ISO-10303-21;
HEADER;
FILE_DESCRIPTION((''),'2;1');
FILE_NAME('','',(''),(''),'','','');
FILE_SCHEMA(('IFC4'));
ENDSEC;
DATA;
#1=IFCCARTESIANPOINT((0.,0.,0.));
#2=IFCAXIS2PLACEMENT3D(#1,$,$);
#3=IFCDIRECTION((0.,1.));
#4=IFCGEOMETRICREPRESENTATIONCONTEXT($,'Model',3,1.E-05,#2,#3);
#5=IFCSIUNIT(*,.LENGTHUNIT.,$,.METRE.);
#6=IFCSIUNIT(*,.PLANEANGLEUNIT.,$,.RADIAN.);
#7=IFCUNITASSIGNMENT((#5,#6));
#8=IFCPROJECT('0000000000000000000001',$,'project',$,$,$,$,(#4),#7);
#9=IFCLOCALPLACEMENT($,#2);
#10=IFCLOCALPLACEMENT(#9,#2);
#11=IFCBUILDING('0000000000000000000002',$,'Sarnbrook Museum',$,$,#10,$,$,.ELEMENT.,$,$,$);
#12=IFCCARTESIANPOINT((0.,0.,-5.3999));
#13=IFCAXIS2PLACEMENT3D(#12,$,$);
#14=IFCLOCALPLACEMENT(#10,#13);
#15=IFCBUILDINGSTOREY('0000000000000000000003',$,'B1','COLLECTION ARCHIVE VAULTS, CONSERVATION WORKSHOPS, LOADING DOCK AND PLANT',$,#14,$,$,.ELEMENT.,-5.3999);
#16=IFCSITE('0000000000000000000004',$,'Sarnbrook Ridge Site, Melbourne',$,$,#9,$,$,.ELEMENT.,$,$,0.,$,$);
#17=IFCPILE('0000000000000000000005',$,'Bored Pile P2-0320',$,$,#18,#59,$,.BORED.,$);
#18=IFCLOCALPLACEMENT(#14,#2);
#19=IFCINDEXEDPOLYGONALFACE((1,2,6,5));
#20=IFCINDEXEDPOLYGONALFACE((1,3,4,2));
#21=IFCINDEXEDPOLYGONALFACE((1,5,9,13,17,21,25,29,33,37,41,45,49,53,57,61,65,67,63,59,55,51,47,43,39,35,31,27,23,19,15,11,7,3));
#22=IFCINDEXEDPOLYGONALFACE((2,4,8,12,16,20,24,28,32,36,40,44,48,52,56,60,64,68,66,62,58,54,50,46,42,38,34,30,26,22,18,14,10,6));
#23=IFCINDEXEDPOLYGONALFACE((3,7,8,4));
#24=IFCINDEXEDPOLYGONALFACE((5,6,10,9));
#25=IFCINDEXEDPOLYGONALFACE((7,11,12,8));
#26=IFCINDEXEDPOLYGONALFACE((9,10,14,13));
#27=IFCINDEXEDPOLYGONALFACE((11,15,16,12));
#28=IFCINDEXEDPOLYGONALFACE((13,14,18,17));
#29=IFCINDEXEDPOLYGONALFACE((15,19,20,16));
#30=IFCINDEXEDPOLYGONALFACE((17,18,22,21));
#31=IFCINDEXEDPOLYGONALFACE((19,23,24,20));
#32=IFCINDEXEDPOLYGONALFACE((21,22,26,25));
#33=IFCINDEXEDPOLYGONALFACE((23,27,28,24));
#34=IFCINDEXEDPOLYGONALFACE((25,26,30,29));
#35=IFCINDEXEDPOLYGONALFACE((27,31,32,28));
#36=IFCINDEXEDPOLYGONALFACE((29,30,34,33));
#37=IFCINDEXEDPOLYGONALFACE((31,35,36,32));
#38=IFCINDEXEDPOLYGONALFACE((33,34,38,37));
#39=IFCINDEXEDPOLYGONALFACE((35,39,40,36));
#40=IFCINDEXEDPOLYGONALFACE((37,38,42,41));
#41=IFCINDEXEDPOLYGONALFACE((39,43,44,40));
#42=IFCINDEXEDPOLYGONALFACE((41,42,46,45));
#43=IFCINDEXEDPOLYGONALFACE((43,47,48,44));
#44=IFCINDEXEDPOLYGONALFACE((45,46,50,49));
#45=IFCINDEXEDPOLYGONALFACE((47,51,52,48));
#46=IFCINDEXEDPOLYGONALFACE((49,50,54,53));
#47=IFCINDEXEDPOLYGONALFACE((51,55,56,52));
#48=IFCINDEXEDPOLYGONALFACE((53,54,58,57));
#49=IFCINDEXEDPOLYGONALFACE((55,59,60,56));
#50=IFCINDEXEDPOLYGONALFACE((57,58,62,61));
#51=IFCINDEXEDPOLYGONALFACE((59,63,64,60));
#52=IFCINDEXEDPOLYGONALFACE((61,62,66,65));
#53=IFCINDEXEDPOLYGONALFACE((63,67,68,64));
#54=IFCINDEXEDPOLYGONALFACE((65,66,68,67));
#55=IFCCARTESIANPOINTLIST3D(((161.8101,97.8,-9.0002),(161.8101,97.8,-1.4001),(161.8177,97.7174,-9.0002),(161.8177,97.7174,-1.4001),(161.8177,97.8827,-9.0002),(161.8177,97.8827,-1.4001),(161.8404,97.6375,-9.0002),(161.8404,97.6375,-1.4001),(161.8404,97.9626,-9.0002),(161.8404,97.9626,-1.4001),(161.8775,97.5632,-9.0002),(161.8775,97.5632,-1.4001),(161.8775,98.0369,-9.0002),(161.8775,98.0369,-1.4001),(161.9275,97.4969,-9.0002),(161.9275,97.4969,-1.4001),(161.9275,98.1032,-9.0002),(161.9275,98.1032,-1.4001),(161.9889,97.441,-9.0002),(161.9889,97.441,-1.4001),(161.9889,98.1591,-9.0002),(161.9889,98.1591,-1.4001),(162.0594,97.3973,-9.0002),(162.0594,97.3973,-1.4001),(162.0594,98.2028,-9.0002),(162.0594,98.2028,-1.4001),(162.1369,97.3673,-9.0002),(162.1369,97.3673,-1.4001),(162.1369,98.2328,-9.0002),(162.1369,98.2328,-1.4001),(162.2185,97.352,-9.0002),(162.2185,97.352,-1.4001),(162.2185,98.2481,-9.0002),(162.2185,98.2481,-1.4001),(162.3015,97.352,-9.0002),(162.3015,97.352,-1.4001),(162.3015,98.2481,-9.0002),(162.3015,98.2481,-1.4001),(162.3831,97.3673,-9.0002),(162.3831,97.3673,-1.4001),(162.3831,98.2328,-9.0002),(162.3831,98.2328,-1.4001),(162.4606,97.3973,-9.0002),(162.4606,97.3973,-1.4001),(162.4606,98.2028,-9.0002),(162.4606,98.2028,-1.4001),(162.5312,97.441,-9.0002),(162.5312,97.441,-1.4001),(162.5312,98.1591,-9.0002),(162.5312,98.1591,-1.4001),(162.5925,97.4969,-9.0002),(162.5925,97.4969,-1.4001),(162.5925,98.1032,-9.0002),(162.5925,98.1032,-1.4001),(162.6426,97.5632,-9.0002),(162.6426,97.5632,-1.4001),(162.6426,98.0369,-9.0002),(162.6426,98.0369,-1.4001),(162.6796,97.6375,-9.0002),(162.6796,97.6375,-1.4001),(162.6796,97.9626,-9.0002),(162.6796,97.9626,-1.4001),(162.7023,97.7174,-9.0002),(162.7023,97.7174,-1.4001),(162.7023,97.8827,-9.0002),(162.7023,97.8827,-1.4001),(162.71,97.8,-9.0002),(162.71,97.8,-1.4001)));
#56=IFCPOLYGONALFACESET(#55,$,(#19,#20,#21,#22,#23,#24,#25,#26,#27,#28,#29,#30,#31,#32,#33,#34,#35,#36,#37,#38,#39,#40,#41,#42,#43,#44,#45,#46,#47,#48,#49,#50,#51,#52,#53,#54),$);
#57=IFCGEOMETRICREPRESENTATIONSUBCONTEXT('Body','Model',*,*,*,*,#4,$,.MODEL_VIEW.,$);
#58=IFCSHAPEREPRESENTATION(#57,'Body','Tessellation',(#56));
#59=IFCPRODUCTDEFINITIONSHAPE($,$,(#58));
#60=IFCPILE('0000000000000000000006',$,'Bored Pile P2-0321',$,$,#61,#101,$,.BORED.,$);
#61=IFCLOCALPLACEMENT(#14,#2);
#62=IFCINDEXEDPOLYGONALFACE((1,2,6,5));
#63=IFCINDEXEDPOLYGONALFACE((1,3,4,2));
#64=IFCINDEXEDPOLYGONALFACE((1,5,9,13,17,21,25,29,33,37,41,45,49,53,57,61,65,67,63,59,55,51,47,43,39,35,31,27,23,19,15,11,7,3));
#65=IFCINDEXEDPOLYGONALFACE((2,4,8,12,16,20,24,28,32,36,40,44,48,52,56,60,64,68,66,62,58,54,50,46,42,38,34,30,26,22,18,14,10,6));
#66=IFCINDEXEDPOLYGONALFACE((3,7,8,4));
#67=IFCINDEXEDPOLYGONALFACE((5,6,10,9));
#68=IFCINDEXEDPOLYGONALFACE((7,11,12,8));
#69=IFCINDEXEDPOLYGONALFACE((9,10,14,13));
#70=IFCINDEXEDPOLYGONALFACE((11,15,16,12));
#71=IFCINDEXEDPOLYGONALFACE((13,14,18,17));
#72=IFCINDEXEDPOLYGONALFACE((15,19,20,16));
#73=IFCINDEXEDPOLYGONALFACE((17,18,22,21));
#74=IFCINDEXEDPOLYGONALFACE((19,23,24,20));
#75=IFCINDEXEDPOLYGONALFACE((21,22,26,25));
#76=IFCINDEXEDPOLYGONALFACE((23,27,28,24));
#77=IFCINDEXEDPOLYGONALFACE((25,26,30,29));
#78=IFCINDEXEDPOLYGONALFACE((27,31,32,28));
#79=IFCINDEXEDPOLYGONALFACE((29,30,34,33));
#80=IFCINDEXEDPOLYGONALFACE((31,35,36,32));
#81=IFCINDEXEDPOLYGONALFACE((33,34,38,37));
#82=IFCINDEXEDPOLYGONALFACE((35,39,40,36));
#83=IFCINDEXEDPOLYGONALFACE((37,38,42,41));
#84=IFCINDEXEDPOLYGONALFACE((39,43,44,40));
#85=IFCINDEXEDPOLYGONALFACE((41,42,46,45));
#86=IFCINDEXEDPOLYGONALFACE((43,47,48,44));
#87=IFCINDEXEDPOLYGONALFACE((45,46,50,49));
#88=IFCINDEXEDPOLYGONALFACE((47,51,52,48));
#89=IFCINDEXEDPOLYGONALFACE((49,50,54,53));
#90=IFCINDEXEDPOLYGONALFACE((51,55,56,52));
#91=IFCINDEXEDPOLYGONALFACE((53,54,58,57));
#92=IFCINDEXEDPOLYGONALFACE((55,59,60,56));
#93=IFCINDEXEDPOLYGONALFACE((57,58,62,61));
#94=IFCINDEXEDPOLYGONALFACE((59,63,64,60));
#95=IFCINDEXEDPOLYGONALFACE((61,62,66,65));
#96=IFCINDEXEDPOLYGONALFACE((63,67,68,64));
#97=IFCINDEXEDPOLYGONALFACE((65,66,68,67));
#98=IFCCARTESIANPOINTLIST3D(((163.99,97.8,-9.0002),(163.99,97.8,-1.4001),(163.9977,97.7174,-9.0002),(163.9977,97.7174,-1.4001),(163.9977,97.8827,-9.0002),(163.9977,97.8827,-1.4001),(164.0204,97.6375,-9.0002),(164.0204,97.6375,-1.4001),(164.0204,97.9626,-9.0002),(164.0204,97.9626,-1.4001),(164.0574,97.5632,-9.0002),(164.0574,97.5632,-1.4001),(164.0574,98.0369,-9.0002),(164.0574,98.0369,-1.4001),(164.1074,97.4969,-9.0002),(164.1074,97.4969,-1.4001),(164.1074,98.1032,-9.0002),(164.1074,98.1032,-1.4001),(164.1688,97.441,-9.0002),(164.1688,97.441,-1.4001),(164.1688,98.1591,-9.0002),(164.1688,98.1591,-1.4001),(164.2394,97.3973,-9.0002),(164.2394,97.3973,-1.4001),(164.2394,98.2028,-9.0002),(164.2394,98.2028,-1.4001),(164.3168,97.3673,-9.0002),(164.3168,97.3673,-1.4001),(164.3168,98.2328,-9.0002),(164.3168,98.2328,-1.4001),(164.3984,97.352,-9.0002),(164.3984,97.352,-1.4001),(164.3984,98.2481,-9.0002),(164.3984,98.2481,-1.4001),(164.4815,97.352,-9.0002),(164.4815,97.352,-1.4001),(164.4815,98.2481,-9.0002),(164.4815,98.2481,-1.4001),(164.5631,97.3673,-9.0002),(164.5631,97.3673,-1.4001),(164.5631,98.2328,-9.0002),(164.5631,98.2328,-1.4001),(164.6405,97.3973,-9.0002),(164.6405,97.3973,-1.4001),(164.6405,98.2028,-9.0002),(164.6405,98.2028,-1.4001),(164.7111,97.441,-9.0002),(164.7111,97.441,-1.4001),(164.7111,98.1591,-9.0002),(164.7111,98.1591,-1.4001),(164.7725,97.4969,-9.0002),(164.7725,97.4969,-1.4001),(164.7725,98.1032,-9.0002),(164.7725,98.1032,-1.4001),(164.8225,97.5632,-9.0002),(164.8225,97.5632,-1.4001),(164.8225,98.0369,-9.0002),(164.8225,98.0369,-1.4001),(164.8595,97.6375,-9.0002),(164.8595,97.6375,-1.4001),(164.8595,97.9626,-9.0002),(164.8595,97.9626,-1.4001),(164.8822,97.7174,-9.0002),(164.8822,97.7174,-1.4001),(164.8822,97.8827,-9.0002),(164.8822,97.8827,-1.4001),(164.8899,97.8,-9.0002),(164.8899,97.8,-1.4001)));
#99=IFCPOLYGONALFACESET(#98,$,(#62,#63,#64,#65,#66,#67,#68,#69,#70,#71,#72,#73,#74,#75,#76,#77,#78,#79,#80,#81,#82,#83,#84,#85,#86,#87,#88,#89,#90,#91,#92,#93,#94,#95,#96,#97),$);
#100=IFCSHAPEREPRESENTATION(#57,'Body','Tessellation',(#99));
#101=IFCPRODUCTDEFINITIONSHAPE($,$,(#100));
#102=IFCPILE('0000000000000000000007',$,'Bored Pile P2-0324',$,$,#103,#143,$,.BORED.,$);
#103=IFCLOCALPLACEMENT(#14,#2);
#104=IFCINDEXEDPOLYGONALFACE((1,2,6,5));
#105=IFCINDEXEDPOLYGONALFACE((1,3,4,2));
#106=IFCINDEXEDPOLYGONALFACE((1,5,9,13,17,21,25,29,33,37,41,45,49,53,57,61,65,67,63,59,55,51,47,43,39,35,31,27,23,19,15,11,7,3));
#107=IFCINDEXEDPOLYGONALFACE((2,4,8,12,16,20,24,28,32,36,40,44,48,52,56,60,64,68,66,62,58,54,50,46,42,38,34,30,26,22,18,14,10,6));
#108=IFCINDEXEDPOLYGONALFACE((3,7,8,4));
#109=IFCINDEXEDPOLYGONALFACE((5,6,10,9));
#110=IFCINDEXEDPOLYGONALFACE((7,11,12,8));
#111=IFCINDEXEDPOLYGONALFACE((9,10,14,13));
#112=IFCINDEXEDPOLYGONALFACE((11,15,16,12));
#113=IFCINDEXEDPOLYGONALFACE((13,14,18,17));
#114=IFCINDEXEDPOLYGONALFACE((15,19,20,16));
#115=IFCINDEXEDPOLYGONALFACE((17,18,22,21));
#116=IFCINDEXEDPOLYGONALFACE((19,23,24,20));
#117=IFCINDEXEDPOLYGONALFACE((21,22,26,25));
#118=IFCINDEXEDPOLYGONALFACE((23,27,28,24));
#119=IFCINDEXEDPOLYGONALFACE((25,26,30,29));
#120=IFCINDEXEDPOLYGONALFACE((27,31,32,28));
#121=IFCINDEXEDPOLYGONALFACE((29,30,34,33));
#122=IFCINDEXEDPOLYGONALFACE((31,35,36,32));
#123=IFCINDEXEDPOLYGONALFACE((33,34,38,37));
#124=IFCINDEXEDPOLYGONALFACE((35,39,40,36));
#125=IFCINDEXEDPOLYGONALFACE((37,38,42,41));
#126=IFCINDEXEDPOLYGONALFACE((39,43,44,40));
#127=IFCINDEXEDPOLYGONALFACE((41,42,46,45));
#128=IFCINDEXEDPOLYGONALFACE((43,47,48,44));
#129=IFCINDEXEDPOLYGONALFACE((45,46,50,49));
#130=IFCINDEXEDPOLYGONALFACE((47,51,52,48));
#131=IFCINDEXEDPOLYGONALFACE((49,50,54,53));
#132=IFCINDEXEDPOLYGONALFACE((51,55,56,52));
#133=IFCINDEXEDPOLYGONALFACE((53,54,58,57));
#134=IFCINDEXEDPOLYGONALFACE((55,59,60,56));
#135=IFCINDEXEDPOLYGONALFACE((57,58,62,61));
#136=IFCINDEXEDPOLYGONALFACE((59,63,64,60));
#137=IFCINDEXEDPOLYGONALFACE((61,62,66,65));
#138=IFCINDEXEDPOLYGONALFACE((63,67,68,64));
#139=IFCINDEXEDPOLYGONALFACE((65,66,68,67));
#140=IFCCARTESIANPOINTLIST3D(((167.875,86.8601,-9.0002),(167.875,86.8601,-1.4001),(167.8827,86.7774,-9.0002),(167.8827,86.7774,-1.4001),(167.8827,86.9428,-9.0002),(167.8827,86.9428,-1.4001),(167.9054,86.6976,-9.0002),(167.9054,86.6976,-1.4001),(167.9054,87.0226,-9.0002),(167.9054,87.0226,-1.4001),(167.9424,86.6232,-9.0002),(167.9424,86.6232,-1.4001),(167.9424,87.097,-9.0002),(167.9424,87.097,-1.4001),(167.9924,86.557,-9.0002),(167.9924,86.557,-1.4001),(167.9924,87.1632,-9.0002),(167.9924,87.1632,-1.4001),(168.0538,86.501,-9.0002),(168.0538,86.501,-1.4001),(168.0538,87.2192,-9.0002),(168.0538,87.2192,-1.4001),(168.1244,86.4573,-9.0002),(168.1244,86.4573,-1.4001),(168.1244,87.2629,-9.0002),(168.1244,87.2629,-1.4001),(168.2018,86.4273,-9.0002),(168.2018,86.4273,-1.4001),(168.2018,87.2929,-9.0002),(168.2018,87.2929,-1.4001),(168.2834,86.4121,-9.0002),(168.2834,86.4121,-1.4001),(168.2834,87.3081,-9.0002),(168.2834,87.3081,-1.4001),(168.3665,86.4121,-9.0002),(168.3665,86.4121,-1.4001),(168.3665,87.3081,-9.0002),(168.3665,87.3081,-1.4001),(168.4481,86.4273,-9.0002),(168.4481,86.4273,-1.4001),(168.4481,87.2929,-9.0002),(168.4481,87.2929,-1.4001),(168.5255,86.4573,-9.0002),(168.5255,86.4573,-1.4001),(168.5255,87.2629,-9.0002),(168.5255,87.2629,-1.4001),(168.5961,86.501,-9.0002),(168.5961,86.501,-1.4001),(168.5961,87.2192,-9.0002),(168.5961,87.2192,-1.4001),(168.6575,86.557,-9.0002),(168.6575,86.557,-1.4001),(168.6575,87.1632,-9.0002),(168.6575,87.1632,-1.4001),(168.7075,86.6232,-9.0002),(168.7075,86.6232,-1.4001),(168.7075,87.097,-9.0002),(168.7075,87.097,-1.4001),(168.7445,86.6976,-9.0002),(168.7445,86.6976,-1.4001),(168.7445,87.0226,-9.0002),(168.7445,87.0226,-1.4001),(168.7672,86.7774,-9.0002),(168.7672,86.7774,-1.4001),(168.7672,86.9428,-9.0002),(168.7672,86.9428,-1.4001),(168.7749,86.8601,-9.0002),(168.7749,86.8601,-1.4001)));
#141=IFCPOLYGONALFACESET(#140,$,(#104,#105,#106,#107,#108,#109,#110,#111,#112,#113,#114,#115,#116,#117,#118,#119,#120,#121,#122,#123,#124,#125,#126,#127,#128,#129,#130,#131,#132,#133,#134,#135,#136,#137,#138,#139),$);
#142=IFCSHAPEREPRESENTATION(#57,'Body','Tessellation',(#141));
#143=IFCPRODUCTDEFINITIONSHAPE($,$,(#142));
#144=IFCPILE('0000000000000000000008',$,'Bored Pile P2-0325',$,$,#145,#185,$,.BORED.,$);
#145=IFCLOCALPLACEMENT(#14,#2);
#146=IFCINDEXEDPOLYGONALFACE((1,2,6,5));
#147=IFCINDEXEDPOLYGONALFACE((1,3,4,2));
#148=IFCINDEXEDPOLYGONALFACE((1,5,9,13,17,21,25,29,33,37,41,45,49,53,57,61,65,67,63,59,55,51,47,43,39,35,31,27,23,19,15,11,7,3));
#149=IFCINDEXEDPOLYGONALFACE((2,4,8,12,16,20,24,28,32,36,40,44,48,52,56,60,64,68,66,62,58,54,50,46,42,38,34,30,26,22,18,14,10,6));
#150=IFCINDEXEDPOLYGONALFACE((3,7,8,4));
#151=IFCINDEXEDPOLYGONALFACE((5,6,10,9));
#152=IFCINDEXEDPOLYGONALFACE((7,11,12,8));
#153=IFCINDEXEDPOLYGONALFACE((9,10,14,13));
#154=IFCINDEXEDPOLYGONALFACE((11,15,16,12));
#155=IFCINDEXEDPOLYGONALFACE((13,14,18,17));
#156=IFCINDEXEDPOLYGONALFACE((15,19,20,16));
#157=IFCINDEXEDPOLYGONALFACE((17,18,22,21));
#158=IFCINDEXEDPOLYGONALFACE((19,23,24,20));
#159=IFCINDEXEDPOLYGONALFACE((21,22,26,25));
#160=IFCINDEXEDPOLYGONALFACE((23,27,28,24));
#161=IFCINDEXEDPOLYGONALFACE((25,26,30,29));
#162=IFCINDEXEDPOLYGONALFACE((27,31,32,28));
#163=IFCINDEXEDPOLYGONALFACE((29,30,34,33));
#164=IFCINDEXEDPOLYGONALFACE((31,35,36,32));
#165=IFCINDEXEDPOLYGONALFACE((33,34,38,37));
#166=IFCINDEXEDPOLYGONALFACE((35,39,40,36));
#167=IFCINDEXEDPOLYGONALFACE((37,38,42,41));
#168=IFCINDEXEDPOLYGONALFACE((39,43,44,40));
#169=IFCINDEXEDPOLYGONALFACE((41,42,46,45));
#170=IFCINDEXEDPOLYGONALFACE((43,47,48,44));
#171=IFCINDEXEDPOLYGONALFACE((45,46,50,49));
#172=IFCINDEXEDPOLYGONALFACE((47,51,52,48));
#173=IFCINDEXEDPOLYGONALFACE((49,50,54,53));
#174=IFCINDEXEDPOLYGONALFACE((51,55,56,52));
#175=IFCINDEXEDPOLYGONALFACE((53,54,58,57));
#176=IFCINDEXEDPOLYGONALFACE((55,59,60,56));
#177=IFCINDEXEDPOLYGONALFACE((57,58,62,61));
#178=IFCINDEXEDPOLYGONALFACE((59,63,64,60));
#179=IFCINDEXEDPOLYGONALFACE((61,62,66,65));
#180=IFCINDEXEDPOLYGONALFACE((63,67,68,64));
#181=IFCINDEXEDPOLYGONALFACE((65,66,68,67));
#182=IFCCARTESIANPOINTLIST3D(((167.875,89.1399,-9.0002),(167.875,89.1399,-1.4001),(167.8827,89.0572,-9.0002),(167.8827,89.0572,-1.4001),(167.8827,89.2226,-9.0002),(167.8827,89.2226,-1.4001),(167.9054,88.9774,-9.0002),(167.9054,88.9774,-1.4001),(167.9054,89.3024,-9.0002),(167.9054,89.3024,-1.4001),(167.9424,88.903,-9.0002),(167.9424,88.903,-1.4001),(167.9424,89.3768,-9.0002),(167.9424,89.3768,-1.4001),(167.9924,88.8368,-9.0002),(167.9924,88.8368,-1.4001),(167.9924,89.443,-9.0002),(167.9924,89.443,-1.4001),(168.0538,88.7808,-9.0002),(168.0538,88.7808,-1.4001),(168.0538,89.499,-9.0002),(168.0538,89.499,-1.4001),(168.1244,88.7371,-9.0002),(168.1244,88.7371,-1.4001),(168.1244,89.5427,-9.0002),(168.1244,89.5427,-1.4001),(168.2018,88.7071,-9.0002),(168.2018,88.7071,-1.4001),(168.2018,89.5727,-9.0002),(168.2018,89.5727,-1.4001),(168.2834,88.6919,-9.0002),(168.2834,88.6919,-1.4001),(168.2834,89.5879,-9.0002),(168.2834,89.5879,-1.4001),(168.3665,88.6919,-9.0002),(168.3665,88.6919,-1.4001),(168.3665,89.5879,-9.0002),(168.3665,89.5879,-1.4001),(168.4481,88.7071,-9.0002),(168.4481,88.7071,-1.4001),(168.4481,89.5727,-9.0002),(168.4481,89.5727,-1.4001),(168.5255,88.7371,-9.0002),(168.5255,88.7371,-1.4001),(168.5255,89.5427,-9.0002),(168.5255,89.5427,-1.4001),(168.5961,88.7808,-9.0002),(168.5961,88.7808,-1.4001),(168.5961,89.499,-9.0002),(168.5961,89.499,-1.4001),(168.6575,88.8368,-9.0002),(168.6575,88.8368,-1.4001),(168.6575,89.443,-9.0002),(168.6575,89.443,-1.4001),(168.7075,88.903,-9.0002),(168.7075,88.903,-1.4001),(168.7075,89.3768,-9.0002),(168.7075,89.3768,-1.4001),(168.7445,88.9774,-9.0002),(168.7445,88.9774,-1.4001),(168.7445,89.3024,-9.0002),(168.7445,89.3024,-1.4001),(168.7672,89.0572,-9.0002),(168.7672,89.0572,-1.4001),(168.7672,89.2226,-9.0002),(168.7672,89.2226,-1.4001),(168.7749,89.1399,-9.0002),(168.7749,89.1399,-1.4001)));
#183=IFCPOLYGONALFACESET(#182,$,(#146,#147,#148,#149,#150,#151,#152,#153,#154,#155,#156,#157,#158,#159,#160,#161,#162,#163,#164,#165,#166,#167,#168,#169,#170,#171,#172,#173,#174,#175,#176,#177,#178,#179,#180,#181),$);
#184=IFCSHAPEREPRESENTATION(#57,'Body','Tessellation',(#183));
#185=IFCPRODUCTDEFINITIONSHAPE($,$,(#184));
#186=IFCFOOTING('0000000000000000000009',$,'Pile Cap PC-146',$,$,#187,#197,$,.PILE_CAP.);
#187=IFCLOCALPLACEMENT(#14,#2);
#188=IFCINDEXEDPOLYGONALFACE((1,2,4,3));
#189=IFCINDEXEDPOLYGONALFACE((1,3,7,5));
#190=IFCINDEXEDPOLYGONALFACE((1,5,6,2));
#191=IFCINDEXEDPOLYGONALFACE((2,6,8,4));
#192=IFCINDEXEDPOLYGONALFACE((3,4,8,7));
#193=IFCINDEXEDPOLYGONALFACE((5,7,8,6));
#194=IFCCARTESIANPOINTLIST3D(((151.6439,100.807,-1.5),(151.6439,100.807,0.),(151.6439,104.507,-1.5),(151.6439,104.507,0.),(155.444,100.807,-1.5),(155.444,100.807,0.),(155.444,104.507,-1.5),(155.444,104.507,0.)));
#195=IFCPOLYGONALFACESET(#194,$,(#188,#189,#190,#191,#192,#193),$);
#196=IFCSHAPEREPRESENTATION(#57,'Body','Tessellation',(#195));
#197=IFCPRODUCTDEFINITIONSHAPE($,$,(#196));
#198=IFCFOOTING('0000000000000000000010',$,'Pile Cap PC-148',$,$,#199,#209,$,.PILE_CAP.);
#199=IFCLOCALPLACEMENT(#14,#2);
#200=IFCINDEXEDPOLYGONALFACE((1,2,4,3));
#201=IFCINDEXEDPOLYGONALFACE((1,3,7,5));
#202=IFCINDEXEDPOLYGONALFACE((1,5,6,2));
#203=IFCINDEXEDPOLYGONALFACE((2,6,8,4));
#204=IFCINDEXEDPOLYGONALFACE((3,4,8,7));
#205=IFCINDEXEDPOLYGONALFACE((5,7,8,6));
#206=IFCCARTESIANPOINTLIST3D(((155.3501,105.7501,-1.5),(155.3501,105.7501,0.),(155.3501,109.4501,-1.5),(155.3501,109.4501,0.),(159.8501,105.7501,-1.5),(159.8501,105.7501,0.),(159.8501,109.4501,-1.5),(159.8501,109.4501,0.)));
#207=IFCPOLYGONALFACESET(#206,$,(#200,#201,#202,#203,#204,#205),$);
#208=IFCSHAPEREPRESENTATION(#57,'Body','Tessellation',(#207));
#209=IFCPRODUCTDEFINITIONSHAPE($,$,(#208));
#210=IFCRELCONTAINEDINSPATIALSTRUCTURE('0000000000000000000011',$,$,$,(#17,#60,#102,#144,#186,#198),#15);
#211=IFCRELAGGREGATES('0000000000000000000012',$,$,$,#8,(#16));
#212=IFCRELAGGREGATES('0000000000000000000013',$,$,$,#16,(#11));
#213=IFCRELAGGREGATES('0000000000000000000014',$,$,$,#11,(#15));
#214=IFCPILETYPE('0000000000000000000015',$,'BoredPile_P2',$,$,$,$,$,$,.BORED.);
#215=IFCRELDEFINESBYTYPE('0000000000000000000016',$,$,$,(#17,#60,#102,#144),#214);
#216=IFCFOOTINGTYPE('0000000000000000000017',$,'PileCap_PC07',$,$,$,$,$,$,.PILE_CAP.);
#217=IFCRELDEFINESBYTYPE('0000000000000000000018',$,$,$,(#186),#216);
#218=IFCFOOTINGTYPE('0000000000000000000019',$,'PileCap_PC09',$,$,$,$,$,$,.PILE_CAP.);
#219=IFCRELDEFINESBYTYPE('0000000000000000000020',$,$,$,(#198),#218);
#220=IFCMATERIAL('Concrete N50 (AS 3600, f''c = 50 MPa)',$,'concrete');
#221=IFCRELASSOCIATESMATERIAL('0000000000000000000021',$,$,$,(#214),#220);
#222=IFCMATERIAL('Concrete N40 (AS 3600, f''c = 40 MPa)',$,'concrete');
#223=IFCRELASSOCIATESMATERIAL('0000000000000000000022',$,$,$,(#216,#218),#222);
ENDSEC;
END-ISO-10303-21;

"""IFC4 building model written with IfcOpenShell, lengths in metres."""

from ifc_helpers import new_model, si_unit, direction, frame, origin, origin_2d, place, context, subcontext, project, spatial, rectangle, circle, extrude, material, material_profile, profile_set, type_object, element, save


model = new_model("IFC4")

# Units and contexts
model_context = context("Model", 3, precision=1e-05, world=origin(), true_north=direction((0.0, 1.0)))
body_context = subcontext(model_context, "Body", "Model", "MODEL_VIEW")
ifc_project = project(units=[si_unit("LENGTHUNIT", "METRE"), si_unit("PLANEANGLEUNIT", "RADIAN")], contexts=[model_context])

# Site, building, storey
site_placement = place(None, origin())
site = spatial("IfcSite", under=ifc_project, at=site_placement, Name="Sarnbrook Ridge Site, Melbourne", CompositionType="ELEMENT", RefElevation=0.0)
building_placement = place(site_placement, origin())
building = spatial("IfcBuilding", under=site, at=building_placement, Name="Sarnbrook Museum", CompositionType="ELEMENT")
storey_placement = place(building_placement, frame((0.0, 0.0, -5.3999)))
storey = spatial("IfcBuildingStorey", under=building, at=storey_placement, Name="B1", Description="COLLECTION ARCHIVE VAULTS, CONSERVATION WORKSHOPS, LOADING DOCK AND PLANT", CompositionType="ELEMENT", Elevation=-5.3999)

# Piles
ifc_material_1 = material(Name="Concrete N50 (AS 3600, f'c = 50 MPa)", Category="concrete")
ifc_material_profile_1 = material_profile(ifc_material_1, circle(Radius=0.45, at=origin_2d()), Name="BORED PILE D900")
ifc_profile_set_1 = profile_set([ifc_material_profile_1], Name="Concrete N50 (AS 3600, f'c = 50 MPa)")
pile_type = type_object("IfcPileType", Name="BoredPile_P2", PredefinedType="BORED", material=ifc_profile_set_1)
for number, where, z_axis, x_axis, name in (
    (1, (162.26, 97.8, -1.4001), (0.0, 0.0, -1.0), (1.0, 0.0, 0.0), "Bored Pile P2-0320"),
    (2, (164.4399, 97.8, -1.4001), (0.0, 0.0, -1.0), (1.0, 0.0, 0.0), "Bored Pile P2-0321"),
    (3, (168.325, 86.8601, -1.4001), (0.0, 0.0, -1.0), (1.0, 0.0, 0.0), "Bored Pile P2-0324"),
    (4, (168.325, 89.1399, -1.4001), (0.0, 0.0, -1.0), (1.0, 0.0, 0.0), "Bored Pile P2-0325"),
):
    element("IfcPile", number, at=place(storey_placement, frame(where, z_axis=z_axis, x_axis=x_axis)), inside=storey, type_object=pile_type, Name=name, PredefinedType="BORED", context=body_context, shape_type="SweptSolid", body=[
        extrude(circle(Radius=0.45, at=origin_2d()), origin(), (0.0, 0.0, 1.0), 7.6001),
    ])

# Footings
ifc_material_2 = material(Name="Concrete N40 (AS 3600, f'c = 40 MPa)", Category="concrete")
footing_type_1 = type_object("IfcFootingType", Name="PileCap_PC07", PredefinedType="PILE_CAP", material=ifc_material_2)
footing_1_placement = place(storey_placement, frame((153.5439, 102.657, -1.5), z_axis=(0.0, 0.0, 1.0), x_axis=(1.0, 0.0, 0.0)))
element("IfcFooting", 5, at=footing_1_placement, inside=storey, type_object=footing_type_1, Name="Pile Cap PC-146", PredefinedType="PILE_CAP", context=body_context, shape_type="SweptSolid", body=[
    extrude(rectangle(XDim=3.8, YDim=3.7, at=origin_2d()), origin(), (0.0, 0.0, 1.0), 1.5),
])
footing_type_2 = type_object("IfcFootingType", Name="PileCap_PC09", PredefinedType="PILE_CAP", material=ifc_material_2)
footing_2_placement = place(storey_placement, frame((157.6001, 107.6001, -1.5), z_axis=(0.0, 0.0, 1.0), x_axis=(1.0, 0.0, 0.0)))
element("IfcFooting", 6, at=footing_2_placement, inside=storey, type_object=footing_type_2, Name="Pile Cap PC-148", PredefinedType="PILE_CAP", context=body_context, shape_type="SweptSolid", body=[
    extrude(rectangle(XDim=4.5, YDim=3.7, at=origin_2d()), origin(), (0.0, 0.0, 1.0), 1.5),
])

save(model, "model.ifc")
